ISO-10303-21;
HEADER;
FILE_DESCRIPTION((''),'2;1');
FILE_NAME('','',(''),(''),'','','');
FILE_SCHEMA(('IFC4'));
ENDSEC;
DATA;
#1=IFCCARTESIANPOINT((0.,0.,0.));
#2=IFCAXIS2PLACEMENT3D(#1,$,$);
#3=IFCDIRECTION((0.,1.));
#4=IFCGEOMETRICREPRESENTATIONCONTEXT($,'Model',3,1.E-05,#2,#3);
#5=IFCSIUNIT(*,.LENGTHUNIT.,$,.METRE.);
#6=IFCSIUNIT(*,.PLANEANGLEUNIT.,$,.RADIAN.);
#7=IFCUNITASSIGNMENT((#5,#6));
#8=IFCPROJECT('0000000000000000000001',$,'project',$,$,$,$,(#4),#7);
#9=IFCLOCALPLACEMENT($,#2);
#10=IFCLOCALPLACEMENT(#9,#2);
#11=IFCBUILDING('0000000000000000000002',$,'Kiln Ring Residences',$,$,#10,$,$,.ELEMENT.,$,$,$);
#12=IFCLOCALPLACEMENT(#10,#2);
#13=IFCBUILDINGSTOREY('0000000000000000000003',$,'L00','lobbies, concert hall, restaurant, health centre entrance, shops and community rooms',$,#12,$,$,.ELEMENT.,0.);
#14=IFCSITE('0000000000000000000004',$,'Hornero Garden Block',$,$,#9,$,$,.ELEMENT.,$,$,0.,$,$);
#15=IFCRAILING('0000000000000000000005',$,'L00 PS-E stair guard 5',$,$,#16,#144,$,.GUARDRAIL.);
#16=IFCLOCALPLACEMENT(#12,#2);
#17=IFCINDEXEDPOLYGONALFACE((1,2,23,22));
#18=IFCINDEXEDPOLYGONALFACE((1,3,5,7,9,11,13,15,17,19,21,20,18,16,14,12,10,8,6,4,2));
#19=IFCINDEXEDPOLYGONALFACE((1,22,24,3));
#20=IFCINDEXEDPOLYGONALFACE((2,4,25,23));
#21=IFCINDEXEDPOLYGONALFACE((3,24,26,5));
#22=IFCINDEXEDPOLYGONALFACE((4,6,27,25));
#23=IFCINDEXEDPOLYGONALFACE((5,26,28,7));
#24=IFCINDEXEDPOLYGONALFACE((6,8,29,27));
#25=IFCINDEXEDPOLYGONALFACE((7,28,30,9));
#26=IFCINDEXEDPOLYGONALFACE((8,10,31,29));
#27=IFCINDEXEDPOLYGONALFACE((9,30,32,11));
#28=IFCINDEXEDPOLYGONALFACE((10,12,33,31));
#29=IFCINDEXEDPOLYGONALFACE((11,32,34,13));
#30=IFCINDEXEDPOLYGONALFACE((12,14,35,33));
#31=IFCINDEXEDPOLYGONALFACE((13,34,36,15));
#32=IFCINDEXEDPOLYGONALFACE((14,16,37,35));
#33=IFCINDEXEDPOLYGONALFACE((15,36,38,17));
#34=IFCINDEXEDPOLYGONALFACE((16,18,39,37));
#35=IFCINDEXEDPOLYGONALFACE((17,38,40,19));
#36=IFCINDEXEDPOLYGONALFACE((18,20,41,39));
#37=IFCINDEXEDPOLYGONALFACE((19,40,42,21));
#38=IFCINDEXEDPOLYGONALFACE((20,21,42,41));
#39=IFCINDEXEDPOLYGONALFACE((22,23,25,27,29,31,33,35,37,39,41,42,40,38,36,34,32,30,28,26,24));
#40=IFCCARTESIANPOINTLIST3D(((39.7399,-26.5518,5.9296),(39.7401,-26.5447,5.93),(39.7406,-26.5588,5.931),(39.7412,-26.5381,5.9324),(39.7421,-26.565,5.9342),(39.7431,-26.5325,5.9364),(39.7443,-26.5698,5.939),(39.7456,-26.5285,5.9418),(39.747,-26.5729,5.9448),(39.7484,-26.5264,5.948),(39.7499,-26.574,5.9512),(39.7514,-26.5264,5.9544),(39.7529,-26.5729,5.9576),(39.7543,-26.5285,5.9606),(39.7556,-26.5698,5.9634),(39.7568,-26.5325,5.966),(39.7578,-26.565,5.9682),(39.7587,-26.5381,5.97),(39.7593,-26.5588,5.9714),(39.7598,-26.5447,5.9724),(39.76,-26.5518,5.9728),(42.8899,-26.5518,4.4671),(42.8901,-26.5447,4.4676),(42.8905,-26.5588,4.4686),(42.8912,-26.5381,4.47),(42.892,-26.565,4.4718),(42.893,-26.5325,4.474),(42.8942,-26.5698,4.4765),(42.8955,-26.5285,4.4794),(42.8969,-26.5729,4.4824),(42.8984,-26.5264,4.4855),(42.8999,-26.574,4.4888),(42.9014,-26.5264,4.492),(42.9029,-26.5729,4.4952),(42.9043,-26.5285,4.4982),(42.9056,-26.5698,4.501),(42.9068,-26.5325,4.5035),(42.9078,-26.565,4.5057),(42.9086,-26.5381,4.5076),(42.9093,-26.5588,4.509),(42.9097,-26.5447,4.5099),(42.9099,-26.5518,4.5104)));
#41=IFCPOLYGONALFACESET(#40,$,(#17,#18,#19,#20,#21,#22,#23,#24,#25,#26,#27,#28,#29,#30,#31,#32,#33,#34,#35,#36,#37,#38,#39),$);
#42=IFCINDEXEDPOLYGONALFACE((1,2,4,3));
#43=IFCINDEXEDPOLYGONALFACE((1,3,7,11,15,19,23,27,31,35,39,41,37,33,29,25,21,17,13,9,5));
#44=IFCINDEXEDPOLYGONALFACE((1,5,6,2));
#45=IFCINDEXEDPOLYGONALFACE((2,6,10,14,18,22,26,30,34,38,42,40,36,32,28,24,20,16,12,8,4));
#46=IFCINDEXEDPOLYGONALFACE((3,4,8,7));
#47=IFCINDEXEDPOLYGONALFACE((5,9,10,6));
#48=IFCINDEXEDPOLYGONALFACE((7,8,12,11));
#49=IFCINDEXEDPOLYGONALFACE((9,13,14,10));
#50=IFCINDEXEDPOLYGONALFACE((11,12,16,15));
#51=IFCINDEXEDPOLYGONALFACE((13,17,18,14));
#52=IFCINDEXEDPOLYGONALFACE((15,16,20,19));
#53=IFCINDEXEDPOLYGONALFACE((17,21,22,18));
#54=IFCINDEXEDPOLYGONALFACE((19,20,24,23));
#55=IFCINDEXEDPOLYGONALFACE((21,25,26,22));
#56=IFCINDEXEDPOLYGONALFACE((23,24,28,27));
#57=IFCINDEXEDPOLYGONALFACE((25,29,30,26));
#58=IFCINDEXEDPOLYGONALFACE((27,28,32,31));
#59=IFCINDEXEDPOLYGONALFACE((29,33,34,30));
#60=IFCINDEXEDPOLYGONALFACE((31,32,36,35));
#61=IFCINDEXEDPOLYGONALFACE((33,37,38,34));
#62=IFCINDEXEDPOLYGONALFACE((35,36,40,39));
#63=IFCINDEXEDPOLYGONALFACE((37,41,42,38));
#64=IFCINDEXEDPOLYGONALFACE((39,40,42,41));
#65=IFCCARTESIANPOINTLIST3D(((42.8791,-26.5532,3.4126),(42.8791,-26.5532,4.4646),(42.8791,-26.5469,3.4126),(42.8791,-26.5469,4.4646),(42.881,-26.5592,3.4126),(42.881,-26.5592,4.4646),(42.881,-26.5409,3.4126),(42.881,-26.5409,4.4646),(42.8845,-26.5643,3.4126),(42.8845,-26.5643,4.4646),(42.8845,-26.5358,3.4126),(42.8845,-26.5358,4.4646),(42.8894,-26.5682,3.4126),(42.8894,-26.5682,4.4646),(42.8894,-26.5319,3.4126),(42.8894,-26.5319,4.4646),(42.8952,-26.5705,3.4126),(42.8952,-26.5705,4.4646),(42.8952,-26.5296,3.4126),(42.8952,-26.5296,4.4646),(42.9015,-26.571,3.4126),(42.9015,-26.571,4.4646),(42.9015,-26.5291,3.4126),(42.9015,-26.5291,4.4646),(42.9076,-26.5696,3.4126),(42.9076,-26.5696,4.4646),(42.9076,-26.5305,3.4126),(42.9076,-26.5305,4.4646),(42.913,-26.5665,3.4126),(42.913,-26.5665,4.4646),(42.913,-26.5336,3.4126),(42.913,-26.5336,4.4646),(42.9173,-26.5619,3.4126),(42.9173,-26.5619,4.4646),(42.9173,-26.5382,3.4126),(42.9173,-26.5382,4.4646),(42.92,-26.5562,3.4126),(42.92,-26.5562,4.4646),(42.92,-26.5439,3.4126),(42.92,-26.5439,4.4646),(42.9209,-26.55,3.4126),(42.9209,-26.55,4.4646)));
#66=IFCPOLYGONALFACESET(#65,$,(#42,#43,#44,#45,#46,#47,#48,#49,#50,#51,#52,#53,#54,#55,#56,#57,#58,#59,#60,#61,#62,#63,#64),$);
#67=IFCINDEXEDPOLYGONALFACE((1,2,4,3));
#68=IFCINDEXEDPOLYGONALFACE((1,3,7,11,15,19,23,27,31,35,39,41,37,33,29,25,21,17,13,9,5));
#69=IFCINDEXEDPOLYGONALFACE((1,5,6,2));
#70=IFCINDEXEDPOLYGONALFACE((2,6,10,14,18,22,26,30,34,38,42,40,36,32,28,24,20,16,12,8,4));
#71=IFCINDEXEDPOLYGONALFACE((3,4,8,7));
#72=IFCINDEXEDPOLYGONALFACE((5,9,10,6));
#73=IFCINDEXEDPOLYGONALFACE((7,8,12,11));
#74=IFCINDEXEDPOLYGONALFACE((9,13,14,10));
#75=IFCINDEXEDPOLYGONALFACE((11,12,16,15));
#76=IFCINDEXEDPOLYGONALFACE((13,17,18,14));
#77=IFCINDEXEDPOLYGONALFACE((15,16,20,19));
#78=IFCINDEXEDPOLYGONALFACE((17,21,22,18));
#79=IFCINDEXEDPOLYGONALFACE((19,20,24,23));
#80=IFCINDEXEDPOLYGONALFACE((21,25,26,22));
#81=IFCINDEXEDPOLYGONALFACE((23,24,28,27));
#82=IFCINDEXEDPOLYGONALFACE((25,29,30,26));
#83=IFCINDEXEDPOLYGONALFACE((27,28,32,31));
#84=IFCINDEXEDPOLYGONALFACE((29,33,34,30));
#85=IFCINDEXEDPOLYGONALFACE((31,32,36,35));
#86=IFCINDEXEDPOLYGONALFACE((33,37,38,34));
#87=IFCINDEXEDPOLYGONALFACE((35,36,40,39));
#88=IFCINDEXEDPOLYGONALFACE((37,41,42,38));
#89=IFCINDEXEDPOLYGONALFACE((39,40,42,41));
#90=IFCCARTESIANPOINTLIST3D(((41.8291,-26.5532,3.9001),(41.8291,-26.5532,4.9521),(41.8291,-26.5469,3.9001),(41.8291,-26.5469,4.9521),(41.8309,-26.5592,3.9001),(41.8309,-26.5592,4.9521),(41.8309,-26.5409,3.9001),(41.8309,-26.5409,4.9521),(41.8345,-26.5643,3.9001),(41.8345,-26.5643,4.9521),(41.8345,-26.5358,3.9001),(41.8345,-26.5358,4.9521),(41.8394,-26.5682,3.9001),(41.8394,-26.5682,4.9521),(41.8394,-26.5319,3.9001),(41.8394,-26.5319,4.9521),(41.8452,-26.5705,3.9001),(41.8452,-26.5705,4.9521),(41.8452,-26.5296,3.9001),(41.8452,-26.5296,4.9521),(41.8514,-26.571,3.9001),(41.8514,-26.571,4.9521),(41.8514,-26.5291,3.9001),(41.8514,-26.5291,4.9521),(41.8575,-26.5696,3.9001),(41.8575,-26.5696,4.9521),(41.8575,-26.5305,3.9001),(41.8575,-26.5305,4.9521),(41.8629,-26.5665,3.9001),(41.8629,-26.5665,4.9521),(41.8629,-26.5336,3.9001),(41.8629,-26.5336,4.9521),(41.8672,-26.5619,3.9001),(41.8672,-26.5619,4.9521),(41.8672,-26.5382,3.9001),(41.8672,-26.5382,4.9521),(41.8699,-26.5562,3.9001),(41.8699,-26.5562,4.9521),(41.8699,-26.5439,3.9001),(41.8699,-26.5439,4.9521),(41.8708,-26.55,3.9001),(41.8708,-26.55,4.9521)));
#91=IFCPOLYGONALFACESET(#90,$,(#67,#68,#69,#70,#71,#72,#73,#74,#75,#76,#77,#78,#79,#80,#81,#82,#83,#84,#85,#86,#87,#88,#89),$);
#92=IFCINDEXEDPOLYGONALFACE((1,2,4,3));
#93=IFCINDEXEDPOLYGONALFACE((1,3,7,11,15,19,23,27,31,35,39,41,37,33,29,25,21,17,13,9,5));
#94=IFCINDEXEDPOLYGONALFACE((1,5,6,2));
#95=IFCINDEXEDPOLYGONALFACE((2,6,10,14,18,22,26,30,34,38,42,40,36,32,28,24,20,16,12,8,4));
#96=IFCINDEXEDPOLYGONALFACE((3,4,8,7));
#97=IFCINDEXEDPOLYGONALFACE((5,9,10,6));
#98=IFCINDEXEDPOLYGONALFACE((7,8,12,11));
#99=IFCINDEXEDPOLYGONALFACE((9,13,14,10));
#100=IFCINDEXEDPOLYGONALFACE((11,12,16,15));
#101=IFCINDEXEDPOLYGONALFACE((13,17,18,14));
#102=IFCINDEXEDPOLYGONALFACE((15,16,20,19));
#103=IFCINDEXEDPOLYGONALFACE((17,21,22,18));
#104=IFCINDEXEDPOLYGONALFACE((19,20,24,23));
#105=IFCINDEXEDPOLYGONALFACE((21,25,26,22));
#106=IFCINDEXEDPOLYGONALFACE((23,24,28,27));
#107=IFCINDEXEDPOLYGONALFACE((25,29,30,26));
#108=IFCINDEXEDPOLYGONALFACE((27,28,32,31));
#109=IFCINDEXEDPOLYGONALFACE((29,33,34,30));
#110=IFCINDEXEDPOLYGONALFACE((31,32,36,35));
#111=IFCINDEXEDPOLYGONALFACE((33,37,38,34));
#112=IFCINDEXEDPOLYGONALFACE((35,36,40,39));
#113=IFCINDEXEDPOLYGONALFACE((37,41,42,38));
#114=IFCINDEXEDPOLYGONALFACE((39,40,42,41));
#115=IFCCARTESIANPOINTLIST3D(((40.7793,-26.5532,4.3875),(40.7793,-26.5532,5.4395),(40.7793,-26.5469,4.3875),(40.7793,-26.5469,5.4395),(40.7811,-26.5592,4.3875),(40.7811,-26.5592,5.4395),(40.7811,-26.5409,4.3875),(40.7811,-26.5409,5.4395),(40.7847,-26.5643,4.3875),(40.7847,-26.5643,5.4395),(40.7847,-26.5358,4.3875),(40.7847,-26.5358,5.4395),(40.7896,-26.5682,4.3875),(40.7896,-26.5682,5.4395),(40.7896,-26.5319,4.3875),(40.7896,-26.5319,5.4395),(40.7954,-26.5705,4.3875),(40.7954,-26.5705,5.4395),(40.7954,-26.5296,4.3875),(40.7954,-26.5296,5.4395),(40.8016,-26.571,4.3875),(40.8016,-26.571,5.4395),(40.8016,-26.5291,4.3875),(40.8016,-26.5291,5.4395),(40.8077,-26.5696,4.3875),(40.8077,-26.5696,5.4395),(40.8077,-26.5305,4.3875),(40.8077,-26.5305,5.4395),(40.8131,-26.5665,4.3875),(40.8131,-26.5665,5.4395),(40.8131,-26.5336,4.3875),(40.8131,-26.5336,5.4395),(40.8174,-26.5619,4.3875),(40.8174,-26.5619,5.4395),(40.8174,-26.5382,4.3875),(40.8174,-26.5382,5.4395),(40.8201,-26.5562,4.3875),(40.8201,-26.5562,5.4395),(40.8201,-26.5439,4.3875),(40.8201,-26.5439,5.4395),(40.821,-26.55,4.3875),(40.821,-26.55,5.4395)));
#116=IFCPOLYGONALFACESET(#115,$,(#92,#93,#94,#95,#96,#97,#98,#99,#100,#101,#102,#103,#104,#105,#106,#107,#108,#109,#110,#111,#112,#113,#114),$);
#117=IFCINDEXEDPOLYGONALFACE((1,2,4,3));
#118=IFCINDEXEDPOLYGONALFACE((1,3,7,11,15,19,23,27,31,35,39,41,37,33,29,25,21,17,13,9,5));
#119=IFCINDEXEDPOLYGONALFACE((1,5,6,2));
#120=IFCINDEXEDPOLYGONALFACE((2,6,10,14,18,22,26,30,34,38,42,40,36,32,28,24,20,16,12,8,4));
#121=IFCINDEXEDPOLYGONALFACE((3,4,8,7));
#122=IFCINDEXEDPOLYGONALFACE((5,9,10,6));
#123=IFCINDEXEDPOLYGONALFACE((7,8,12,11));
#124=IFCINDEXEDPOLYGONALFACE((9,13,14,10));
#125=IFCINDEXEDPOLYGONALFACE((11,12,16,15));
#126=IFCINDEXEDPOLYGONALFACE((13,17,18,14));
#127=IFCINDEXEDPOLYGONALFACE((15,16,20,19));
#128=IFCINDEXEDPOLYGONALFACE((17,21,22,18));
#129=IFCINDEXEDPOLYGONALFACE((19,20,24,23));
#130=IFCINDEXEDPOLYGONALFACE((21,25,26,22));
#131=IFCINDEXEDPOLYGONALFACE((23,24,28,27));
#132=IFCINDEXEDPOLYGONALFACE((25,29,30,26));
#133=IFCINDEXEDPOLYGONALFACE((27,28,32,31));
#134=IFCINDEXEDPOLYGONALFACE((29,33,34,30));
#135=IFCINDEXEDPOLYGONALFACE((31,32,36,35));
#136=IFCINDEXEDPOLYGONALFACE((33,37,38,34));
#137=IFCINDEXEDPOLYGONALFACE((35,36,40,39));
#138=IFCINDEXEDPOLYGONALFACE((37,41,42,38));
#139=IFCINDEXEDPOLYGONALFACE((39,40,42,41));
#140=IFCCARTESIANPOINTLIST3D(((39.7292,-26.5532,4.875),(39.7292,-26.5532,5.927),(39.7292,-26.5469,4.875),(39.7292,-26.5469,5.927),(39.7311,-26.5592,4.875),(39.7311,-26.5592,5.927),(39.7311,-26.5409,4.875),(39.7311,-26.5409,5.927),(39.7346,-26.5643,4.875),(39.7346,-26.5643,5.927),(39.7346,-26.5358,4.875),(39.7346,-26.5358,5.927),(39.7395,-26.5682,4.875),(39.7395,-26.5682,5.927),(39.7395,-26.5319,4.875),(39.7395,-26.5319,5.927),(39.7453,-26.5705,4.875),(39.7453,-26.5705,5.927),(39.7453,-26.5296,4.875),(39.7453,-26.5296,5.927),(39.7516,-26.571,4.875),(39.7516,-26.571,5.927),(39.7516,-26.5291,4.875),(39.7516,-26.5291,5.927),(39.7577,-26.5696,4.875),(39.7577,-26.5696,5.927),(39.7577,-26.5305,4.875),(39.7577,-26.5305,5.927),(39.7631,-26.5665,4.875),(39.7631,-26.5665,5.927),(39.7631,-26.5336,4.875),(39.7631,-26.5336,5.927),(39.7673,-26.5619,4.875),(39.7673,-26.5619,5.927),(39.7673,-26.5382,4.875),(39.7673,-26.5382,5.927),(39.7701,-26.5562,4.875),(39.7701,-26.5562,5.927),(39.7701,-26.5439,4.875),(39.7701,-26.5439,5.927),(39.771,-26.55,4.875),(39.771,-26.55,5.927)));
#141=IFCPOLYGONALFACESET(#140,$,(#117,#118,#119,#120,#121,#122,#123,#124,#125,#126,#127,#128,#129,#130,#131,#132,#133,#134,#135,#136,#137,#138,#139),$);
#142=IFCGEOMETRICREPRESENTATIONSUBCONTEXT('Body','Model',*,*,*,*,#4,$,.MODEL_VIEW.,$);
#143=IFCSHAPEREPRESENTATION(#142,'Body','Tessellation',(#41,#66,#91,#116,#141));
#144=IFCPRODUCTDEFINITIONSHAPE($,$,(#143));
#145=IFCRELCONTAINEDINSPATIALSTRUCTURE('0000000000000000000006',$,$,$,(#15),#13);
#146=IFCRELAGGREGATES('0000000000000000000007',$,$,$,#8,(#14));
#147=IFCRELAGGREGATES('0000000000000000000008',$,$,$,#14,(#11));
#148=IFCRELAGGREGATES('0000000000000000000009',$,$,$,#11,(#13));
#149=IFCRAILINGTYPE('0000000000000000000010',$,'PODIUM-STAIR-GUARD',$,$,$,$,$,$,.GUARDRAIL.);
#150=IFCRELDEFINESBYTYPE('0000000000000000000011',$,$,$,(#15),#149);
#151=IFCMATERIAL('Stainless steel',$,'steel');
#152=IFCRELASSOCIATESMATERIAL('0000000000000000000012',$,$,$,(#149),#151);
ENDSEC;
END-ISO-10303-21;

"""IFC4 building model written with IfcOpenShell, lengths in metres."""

from ifc_helpers import new_model, si_unit, direction, frame, origin, origin_2d, place, context, subcontext, project, spatial, circle, extrude, material, type_object, element, save


model = new_model("IFC4")

# Units and contexts
model_context = context("Model", 3, precision=1e-05, world=origin(), true_north=direction((0.0, 1.0)))
body_context = subcontext(model_context, "Body", "Model", "MODEL_VIEW")
ifc_project = project(units=[si_unit("LENGTHUNIT", "METRE"), si_unit("PLANEANGLEUNIT", "RADIAN")], contexts=[model_context])

# Site, building, storey
site_placement = place(None, origin())
site = spatial("IfcSite", under=ifc_project, at=site_placement, Name="Hornero Garden Block", CompositionType="ELEMENT", RefElevation=0.0)
building_placement = place(site_placement, origin())
building = spatial("IfcBuilding", under=site, at=building_placement, Name="Kiln Ring Residences", CompositionType="ELEMENT")
storey_placement = place(building_placement, origin())
storey = spatial("IfcBuildingStorey", under=building, at=storey_placement, Name="L00", Description="lobbies, concert hall, restaurant, health centre entrance, shops and community rooms", CompositionType="ELEMENT", Elevation=0.0)

# Railing
ifc_material_1 = material(Name="Stainless steel", Category="steel")
railing_type_1 = type_object("IfcRailingType", Name="PODIUM-STAIR-GUARD", PredefinedType="GUARDRAIL", material=ifc_material_1)
railing_1_placement = place(storey_placement, frame((42.8999, -26.55, 3.4126)))
element("IfcRailing", 1, at=railing_1_placement, inside=storey, type_object=railing_type_1, Name="L00 PS-E stair guard 5", PredefinedType="GUARDRAIL", context=body_context, shape_type="SweptSolid", body=[
    extrude(circle(Radius=0.0239, at=origin_2d()), frame((0.0, 0.0, 1.0762), z_axis=(-0.907015, 0.0, 0.421099), x_axis=(0.0, -1.0, 0.0)), (0.0, 0.0, 1.0), 3.4729),
    extrude(circle(Radius=0.021, at=origin_2d()), origin(), (0.0, 0.0, 1.0), 1.052),
    extrude(circle(Radius=0.021, at=origin_2d()), frame((-1.05, 0.0, 0.4875)), (0.0, 0.0, 1.0), 1.052),
    extrude(circle(Radius=0.021, at=origin_2d()), frame((-2.0999, 0.0, 0.9749)), (0.0, 0.0, 1.0), 1.052),
    extrude(circle(Radius=0.021, at=origin_2d()), frame((-3.1499, 0.0, 1.4624)), (0.0, 0.0, 1.0), 1.052),
])

save(model, "model.ifc")
